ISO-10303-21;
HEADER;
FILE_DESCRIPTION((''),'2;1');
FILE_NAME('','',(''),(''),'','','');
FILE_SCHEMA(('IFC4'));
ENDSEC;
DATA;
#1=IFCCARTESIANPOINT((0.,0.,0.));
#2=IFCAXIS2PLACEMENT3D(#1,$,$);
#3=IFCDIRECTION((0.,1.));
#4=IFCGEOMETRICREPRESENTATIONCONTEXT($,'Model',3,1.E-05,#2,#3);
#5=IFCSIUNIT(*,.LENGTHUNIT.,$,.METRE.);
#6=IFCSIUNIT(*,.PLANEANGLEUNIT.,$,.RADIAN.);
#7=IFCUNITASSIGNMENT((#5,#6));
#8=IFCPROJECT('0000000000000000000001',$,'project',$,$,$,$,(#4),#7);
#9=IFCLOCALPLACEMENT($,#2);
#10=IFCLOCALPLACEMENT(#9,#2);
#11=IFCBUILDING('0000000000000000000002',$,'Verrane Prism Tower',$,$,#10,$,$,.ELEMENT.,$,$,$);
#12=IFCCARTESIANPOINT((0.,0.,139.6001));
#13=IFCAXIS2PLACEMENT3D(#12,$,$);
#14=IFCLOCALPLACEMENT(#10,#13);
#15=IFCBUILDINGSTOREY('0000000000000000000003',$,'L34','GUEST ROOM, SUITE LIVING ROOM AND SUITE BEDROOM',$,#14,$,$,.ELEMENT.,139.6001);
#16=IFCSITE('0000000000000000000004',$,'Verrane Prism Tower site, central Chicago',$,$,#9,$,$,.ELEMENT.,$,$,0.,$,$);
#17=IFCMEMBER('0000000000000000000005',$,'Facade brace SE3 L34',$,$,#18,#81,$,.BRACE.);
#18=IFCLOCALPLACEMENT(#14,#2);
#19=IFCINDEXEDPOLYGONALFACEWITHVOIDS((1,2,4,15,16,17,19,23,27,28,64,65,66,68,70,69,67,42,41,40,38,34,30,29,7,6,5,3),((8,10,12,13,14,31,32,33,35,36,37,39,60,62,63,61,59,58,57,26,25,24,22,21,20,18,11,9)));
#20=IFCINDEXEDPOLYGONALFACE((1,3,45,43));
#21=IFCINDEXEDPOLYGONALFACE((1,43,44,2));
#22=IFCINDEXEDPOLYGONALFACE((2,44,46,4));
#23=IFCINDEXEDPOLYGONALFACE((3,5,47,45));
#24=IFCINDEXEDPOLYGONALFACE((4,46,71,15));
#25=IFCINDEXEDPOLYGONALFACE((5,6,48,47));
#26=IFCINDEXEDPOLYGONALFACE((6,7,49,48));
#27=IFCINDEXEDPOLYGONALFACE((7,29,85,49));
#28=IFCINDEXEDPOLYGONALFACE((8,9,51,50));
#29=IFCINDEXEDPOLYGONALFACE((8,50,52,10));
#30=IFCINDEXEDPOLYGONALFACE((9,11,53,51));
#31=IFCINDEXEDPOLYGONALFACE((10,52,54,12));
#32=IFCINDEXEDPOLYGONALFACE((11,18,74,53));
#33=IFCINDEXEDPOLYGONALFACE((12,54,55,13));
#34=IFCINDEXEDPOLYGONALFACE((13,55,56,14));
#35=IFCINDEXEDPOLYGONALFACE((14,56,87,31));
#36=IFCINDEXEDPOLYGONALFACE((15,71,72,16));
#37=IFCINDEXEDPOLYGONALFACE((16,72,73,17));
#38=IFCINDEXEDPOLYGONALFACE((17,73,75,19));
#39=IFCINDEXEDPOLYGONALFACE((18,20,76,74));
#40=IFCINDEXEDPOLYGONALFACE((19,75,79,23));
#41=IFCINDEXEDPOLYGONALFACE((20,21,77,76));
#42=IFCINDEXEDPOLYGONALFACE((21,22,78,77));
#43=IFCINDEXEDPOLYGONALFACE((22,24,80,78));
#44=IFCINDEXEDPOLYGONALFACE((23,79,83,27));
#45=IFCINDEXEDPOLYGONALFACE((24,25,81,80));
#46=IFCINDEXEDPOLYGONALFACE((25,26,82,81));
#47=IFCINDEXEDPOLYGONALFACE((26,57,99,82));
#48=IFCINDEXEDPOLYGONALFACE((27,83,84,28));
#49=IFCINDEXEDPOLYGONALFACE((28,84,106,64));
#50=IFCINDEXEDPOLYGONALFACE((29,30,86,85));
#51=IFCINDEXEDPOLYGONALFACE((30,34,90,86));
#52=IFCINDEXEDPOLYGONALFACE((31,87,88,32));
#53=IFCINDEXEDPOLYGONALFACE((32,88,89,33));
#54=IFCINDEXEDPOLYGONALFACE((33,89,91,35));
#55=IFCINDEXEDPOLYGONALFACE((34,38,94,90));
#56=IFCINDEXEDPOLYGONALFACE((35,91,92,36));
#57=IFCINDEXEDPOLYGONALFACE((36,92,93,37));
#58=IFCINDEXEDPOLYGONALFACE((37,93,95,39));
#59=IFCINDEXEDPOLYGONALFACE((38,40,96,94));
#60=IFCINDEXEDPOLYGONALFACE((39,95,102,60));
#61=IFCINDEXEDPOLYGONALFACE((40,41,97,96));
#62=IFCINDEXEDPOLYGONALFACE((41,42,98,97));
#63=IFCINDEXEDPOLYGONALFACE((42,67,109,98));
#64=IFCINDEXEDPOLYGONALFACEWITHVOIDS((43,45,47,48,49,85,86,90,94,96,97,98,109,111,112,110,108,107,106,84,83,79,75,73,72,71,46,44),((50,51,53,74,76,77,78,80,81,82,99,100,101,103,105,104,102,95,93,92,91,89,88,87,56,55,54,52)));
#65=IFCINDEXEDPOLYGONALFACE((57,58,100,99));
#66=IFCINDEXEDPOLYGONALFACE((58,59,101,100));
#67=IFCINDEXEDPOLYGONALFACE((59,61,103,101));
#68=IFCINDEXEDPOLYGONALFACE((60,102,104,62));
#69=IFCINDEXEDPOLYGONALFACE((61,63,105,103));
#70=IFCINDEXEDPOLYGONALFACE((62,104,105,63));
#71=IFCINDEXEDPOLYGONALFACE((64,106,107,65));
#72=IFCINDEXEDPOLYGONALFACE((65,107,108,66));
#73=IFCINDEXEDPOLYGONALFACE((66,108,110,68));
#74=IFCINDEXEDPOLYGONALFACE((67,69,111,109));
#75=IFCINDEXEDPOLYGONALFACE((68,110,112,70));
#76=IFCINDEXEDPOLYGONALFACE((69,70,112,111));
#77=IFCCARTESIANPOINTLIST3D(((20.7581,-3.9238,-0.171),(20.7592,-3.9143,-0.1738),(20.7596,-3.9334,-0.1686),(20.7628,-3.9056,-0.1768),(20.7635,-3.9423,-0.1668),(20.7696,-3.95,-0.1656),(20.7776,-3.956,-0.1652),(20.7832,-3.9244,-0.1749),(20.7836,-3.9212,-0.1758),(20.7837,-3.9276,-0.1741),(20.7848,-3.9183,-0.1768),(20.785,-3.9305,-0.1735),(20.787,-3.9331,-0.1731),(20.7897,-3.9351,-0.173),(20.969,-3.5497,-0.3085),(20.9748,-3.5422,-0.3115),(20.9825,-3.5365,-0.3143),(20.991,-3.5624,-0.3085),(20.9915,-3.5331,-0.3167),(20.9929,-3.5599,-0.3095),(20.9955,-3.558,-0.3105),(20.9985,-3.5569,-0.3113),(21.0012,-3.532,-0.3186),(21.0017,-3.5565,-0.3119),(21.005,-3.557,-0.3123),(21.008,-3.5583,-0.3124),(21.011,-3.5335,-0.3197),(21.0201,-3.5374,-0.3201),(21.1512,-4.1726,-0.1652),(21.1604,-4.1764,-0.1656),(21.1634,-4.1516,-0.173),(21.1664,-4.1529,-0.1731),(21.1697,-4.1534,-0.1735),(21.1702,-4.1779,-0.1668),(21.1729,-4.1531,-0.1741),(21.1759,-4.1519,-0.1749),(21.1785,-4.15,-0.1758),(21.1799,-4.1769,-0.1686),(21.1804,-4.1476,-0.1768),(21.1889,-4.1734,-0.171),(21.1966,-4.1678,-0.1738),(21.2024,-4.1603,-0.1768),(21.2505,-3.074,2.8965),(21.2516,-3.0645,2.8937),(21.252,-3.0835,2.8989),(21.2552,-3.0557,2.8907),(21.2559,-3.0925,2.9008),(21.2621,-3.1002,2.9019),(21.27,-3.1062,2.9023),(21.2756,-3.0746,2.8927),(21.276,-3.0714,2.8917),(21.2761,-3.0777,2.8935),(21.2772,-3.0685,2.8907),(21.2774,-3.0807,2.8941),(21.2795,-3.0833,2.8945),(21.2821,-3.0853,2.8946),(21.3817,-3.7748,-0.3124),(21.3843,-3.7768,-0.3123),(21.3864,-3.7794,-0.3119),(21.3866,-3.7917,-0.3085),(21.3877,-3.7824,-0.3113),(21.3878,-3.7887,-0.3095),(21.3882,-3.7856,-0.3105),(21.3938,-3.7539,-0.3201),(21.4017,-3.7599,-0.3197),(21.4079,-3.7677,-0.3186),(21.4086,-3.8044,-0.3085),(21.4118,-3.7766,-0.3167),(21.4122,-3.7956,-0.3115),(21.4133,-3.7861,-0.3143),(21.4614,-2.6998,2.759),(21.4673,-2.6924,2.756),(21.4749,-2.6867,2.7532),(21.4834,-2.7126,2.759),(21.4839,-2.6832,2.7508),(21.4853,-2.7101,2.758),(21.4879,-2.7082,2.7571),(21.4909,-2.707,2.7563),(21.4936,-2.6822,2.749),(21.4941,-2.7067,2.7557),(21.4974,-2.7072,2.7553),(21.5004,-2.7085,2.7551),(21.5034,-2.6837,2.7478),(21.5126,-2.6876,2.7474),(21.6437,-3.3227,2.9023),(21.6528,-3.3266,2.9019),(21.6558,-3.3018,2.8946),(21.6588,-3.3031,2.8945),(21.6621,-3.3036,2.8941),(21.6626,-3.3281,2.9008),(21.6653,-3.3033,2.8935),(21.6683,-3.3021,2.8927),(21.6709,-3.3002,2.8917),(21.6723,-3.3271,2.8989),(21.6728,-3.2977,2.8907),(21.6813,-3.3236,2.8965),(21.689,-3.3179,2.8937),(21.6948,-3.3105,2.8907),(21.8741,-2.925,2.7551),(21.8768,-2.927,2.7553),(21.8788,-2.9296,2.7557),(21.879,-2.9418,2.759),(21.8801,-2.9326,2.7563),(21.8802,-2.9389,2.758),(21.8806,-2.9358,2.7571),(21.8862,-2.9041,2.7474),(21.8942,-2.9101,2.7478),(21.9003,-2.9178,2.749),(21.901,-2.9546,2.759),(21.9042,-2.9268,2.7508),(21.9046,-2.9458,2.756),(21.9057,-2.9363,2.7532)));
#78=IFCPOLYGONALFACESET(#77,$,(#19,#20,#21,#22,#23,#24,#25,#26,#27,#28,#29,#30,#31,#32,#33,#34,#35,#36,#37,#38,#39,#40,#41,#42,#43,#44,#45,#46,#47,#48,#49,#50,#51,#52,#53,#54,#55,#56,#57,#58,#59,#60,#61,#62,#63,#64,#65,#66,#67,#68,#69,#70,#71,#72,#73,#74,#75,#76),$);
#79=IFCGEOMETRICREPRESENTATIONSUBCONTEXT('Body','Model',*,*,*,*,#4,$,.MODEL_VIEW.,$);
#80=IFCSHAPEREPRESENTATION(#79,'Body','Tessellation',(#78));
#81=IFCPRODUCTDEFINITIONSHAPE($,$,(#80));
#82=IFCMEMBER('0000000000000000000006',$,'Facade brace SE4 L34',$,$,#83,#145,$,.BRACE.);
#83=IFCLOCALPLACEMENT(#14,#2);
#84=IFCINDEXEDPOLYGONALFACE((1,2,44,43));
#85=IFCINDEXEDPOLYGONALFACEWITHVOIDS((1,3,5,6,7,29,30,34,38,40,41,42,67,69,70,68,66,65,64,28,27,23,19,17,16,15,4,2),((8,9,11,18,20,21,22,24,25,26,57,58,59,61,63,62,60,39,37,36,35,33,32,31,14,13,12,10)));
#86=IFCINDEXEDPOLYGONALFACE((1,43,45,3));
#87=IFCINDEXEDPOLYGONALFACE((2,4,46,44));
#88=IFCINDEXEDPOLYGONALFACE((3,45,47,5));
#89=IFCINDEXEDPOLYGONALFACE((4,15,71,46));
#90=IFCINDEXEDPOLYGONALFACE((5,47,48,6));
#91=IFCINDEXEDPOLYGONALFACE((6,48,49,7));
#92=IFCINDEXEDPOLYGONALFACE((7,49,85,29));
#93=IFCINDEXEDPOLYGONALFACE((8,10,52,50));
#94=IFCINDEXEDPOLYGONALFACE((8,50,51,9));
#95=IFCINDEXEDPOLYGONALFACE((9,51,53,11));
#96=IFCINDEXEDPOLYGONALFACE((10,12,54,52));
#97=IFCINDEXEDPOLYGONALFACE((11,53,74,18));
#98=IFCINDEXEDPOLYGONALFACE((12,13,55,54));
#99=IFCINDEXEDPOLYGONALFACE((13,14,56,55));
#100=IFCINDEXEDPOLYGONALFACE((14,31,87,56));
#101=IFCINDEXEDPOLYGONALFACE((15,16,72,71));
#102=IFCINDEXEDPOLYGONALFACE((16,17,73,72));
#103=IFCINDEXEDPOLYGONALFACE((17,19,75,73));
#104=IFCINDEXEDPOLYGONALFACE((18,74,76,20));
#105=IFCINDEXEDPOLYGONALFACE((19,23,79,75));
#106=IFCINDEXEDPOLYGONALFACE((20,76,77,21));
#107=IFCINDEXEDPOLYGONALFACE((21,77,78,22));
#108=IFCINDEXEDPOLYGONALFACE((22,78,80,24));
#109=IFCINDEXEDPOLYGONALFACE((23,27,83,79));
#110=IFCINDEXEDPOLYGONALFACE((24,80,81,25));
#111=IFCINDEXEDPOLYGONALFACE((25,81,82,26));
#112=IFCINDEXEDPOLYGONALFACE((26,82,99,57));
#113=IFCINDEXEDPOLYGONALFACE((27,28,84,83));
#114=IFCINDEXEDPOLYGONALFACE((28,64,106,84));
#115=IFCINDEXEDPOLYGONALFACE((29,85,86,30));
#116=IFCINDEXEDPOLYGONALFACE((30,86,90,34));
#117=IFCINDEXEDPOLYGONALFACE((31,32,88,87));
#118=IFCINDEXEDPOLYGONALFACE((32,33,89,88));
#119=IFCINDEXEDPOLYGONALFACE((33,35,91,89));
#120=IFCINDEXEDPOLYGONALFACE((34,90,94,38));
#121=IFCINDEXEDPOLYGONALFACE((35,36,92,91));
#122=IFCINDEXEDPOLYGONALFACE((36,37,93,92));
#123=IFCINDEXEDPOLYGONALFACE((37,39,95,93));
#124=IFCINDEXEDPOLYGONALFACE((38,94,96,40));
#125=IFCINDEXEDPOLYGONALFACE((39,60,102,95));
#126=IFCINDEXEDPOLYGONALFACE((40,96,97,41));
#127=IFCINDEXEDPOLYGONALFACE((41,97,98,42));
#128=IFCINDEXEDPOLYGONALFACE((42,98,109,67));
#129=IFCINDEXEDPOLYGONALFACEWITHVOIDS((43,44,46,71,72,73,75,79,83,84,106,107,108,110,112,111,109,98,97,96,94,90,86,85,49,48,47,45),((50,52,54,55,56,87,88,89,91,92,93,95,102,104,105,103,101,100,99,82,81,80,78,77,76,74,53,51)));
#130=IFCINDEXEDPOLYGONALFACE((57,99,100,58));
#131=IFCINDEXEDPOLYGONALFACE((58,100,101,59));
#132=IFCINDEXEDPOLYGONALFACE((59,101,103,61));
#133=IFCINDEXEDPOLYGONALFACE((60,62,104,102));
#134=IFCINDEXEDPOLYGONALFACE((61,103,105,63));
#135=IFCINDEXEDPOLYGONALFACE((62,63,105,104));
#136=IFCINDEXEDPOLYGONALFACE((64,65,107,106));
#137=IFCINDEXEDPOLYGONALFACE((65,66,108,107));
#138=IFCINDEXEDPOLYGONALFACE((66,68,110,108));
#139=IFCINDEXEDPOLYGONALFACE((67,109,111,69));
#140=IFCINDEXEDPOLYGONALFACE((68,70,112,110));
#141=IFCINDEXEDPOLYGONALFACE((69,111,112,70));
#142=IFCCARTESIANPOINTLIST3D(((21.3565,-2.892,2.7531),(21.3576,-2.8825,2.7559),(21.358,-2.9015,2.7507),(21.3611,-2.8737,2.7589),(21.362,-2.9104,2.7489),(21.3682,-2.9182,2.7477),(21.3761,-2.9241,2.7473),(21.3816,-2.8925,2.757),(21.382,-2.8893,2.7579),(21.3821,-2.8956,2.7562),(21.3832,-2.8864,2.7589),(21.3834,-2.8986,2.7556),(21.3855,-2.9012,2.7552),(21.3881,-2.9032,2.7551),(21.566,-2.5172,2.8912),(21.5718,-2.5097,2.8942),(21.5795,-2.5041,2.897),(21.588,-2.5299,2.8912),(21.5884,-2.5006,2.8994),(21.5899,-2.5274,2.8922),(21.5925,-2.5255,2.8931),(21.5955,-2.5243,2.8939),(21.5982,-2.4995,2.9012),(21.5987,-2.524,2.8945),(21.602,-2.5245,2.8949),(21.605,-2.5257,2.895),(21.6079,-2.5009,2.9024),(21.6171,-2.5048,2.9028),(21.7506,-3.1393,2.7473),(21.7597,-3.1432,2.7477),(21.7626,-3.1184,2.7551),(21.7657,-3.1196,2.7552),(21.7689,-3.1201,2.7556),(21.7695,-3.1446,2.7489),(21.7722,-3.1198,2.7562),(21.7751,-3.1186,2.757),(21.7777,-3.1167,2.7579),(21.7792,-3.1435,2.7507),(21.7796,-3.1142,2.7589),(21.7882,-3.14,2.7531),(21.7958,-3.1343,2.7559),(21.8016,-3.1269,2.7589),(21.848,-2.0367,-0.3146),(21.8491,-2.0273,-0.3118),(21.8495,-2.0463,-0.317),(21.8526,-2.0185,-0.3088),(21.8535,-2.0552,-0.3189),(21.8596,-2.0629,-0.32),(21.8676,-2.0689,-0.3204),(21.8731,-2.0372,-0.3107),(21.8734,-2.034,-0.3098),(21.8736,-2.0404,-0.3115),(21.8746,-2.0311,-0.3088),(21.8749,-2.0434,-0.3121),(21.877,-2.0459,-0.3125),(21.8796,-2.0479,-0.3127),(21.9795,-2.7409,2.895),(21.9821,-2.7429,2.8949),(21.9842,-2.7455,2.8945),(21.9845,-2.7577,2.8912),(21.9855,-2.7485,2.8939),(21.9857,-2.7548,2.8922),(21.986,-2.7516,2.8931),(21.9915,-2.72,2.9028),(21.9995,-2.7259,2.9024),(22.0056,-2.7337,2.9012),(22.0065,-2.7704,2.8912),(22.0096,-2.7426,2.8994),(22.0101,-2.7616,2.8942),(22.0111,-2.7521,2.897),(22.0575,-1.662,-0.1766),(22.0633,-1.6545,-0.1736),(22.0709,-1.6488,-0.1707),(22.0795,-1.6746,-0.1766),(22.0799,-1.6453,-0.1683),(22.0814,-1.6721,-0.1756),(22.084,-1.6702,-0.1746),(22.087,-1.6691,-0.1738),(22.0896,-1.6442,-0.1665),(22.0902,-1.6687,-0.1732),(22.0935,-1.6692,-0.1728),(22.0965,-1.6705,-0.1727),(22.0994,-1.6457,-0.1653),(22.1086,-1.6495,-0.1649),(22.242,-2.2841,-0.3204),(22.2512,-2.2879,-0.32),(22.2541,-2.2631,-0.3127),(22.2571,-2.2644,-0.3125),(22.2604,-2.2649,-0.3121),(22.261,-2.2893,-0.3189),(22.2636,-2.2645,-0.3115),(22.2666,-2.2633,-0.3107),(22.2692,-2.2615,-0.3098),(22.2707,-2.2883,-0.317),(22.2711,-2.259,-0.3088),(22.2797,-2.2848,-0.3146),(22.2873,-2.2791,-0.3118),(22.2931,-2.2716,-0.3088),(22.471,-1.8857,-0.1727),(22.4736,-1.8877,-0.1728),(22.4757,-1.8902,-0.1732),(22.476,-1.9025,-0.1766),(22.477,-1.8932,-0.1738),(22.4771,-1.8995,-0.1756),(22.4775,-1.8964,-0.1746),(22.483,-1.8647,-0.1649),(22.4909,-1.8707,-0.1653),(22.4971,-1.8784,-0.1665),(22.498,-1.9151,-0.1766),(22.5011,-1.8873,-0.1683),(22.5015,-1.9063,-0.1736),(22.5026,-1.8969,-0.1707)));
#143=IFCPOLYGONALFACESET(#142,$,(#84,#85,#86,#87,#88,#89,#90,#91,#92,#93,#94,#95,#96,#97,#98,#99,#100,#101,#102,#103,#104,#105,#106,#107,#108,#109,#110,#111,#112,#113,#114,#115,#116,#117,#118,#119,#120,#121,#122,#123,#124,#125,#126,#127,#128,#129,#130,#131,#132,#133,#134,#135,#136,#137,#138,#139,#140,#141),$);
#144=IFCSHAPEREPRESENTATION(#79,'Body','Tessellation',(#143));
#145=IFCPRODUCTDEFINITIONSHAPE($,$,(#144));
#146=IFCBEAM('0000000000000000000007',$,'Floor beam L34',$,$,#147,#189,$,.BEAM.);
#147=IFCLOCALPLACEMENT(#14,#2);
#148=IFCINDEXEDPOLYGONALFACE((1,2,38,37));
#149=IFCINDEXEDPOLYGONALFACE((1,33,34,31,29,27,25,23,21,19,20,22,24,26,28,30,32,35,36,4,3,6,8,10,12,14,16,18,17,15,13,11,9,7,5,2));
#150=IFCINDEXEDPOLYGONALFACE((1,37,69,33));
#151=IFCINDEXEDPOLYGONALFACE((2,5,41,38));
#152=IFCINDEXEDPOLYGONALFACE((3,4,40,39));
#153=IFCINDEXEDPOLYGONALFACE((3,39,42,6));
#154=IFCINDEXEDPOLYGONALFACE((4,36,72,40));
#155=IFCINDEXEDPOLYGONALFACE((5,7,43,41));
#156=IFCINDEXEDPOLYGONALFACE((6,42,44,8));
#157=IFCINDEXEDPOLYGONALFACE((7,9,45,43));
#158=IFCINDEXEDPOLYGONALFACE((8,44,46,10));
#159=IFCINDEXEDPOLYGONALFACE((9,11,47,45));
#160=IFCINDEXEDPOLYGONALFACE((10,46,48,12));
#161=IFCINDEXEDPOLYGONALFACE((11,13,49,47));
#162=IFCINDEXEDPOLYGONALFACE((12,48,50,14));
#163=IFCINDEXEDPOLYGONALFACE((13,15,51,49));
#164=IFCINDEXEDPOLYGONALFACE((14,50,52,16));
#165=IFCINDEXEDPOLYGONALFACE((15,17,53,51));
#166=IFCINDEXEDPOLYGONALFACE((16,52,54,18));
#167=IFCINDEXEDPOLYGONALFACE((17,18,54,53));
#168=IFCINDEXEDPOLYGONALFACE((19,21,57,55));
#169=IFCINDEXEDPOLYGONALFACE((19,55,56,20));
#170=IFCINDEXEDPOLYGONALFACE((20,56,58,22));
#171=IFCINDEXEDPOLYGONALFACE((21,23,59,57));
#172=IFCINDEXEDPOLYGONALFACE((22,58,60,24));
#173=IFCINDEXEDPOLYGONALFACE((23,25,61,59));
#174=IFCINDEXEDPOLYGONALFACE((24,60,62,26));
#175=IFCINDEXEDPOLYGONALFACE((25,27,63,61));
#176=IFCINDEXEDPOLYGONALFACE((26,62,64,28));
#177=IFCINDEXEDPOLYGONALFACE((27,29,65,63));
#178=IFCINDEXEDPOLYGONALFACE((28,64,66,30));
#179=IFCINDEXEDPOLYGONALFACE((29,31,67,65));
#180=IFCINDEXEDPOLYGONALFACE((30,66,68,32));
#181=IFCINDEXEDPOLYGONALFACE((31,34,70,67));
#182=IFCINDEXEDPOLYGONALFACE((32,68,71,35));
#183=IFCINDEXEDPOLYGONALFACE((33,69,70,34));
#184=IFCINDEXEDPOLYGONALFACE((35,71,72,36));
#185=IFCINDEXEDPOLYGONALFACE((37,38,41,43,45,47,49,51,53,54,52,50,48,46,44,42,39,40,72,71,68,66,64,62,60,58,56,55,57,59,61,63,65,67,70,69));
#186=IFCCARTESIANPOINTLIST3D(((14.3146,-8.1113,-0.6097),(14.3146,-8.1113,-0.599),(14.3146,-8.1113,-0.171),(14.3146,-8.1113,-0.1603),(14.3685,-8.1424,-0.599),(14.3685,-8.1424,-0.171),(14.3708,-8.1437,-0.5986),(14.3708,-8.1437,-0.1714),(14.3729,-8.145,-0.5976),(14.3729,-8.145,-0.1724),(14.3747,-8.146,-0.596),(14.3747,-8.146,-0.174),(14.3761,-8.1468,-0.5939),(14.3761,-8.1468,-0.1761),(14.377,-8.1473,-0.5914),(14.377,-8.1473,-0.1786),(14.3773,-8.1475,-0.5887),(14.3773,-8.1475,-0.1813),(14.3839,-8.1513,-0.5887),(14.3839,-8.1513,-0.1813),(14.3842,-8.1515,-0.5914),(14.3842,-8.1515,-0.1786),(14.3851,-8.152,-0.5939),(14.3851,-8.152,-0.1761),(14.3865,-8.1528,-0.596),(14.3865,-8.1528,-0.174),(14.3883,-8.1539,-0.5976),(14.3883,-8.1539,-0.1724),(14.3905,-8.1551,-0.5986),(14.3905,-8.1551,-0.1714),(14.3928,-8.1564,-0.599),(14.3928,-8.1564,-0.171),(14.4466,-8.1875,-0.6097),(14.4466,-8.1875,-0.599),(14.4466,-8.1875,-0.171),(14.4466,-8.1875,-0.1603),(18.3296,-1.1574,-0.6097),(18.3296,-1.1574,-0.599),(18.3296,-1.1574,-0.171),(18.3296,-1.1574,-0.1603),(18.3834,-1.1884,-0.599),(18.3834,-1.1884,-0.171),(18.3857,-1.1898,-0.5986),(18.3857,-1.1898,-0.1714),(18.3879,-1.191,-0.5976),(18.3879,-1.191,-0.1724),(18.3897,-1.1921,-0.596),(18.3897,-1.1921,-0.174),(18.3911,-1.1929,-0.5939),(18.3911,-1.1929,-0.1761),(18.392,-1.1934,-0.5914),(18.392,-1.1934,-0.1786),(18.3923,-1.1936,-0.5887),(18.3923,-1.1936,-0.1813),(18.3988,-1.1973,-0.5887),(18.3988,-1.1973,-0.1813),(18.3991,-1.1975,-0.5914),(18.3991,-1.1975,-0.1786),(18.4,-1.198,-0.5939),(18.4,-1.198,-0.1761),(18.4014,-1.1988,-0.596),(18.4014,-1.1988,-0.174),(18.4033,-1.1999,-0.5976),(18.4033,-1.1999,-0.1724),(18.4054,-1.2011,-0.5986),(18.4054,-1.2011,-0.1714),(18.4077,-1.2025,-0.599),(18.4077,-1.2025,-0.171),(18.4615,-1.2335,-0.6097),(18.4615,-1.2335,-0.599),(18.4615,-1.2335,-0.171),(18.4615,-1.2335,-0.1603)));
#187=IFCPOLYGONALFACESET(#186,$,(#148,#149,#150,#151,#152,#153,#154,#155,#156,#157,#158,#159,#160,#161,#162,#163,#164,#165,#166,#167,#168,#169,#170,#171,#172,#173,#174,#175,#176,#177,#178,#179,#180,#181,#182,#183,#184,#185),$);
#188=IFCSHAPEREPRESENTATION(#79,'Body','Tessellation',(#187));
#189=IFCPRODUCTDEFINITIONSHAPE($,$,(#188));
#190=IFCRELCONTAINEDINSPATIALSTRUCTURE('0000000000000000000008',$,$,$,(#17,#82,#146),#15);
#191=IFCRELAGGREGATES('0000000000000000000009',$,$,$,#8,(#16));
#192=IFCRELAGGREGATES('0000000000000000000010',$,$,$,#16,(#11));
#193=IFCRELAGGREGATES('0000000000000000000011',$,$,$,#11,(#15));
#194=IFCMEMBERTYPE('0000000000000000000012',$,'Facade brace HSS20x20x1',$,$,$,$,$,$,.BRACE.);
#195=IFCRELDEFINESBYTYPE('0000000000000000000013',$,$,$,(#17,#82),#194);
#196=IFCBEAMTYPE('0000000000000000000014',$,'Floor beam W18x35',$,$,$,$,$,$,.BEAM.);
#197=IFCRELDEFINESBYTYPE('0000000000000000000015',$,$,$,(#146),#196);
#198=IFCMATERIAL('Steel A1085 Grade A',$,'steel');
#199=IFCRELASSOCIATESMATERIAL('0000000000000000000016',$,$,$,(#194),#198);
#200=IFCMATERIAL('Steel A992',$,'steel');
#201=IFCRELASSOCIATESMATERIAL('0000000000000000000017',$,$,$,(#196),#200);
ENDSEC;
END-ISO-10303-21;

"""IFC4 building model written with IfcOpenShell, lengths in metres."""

from ifc_helpers import new_model, si_unit, direction, frame, origin, origin_2d, place, context, subcontext, project, spatial, hollow_rectangle, i_section, extrude, material, material_profile, profile_set, type_object, element, save


model = new_model("IFC4")

# Units and contexts
model_context = context("Model", 3, precision=1e-05, world=origin(), true_north=direction((0.0, 1.0)))
body_context = subcontext(model_context, "Body", "Model", "MODEL_VIEW")
ifc_project = project(units=[si_unit("LENGTHUNIT", "METRE"), si_unit("PLANEANGLEUNIT", "RADIAN")], contexts=[model_context])

# Site, building, storey
site_placement = place(None, origin())
site = spatial("IfcSite", under=ifc_project, at=site_placement, Name="Verrane Prism Tower site, central Chicago", CompositionType="ELEMENT", RefElevation=0.0)
building_placement = place(site_placement, origin())
building = spatial("IfcBuilding", under=site, at=building_placement, Name="Verrane Prism Tower", CompositionType="ELEMENT")
storey_placement = place(building_placement, frame((0.0, 0.0, 139.6001)))
storey = spatial("IfcBuildingStorey", under=building, at=storey_placement, Name="L34", Description="GUEST ROOM, SUITE LIVING ROOM AND SUITE BEDROOM", CompositionType="ELEMENT", Elevation=139.6001)

# Members
ifc_material_1 = material(Name="Steel A1085 Grade A", Category="steel")
ifc_material_profile_1 = material_profile(ifc_material_1, hollow_rectangle(XDim=0.5081, YDim=0.5081, WallThickness=0.0254, InnerFilletRadius=0.0127, OuterFilletRadius=0.0381, at=origin_2d()), Name="HSS20x20x1")
ifc_profile_set_1 = profile_set([ifc_material_profile_1], Name="Steel A1085 Grade A")
member_type_1 = type_object("IfcMemberType", Name="Facade brace HSS20x20x1", PredefinedType="BRACE", material=ifc_profile_set_1)
member_1_placement = place(storey_placement, frame((21.0857, -3.855, -0.2427), z_axis=(0.15288, 0.263845, 0.952373), x_axis=(-0.865245, 0.50135, 0.0)))
element("IfcMember", 1, at=member_1_placement, inside=storey, type_object=member_type_1, Name="Facade brace SE3 L34", PredefinedType="BRACE", context=body_context, shape_type="SweptSolid", body=[
    extrude(hollow_rectangle(XDim=0.5081, YDim=0.5081, WallThickness=0.0254, InnerFilletRadius=0.0127, OuterFilletRadius=0.0381, at=origin_2d()), origin(), (0.0, 0.0, 1.0), 3.2209),
])
member_2_placement = place(storey_placement, frame((22.1753, -1.9668, -0.2427), z_axis=(-0.152516, -0.265407, 0.951997), x_axis=(0.867037, -0.498243, 0.0)))
element("IfcMember", 2, at=member_2_placement, inside=storey, type_object=member_type_1, Name="Facade brace SE4 L34", PredefinedType="BRACE", context=body_context, shape_type="SweptSolid", body=[
    extrude(hollow_rectangle(XDim=0.5081, YDim=0.5081, WallThickness=0.0254, InnerFilletRadius=0.0127, OuterFilletRadius=0.0381, at=origin_2d()), origin(), (0.0, 0.0, 1.0), 3.2224),
])

# Beam
ifc_material_2 = material(Name="Steel A992", Category="steel")
ifc_material_profile_2 = material_profile(ifc_material_2, i_section(OverallWidth=0.1523, OverallDepth=0.4495, WebThickness=0.0076, FlangeThickness=0.0107, FilletRadius=0.0103, at=origin_2d()), Name="W18x35")
ifc_profile_set_2 = profile_set([ifc_material_profile_2], Name="Steel A992")
beam_type_1 = type_object("IfcBeamType", Name="Floor beam W18x35", PredefinedType="BEAM", material=ifc_profile_set_2)
for number, where, z_axis, x_axis, name in (
    (3, (14.3806, -8.1494, -0.385), (0.500008, 0.866021, 0.0), (-0.866021, 0.500008, 0.0), "Floor beam L34"),
):
    element("IfcBeam", number, at=place(storey_placement, frame(where, z_axis=z_axis, x_axis=x_axis)), inside=storey, type_object=beam_type_1, Name=name, PredefinedType="BEAM", context=body_context, shape_type="SweptSolid", body=[
        extrude(i_section(OverallWidth=0.1523, OverallDepth=0.4495, WebThickness=0.0076, FlangeThickness=0.0107, FilletRadius=0.0103, at=origin_2d()), origin(), (0.0, 0.0, 1.0), 8.0298),
    ])

save(model, "model.ifc")
